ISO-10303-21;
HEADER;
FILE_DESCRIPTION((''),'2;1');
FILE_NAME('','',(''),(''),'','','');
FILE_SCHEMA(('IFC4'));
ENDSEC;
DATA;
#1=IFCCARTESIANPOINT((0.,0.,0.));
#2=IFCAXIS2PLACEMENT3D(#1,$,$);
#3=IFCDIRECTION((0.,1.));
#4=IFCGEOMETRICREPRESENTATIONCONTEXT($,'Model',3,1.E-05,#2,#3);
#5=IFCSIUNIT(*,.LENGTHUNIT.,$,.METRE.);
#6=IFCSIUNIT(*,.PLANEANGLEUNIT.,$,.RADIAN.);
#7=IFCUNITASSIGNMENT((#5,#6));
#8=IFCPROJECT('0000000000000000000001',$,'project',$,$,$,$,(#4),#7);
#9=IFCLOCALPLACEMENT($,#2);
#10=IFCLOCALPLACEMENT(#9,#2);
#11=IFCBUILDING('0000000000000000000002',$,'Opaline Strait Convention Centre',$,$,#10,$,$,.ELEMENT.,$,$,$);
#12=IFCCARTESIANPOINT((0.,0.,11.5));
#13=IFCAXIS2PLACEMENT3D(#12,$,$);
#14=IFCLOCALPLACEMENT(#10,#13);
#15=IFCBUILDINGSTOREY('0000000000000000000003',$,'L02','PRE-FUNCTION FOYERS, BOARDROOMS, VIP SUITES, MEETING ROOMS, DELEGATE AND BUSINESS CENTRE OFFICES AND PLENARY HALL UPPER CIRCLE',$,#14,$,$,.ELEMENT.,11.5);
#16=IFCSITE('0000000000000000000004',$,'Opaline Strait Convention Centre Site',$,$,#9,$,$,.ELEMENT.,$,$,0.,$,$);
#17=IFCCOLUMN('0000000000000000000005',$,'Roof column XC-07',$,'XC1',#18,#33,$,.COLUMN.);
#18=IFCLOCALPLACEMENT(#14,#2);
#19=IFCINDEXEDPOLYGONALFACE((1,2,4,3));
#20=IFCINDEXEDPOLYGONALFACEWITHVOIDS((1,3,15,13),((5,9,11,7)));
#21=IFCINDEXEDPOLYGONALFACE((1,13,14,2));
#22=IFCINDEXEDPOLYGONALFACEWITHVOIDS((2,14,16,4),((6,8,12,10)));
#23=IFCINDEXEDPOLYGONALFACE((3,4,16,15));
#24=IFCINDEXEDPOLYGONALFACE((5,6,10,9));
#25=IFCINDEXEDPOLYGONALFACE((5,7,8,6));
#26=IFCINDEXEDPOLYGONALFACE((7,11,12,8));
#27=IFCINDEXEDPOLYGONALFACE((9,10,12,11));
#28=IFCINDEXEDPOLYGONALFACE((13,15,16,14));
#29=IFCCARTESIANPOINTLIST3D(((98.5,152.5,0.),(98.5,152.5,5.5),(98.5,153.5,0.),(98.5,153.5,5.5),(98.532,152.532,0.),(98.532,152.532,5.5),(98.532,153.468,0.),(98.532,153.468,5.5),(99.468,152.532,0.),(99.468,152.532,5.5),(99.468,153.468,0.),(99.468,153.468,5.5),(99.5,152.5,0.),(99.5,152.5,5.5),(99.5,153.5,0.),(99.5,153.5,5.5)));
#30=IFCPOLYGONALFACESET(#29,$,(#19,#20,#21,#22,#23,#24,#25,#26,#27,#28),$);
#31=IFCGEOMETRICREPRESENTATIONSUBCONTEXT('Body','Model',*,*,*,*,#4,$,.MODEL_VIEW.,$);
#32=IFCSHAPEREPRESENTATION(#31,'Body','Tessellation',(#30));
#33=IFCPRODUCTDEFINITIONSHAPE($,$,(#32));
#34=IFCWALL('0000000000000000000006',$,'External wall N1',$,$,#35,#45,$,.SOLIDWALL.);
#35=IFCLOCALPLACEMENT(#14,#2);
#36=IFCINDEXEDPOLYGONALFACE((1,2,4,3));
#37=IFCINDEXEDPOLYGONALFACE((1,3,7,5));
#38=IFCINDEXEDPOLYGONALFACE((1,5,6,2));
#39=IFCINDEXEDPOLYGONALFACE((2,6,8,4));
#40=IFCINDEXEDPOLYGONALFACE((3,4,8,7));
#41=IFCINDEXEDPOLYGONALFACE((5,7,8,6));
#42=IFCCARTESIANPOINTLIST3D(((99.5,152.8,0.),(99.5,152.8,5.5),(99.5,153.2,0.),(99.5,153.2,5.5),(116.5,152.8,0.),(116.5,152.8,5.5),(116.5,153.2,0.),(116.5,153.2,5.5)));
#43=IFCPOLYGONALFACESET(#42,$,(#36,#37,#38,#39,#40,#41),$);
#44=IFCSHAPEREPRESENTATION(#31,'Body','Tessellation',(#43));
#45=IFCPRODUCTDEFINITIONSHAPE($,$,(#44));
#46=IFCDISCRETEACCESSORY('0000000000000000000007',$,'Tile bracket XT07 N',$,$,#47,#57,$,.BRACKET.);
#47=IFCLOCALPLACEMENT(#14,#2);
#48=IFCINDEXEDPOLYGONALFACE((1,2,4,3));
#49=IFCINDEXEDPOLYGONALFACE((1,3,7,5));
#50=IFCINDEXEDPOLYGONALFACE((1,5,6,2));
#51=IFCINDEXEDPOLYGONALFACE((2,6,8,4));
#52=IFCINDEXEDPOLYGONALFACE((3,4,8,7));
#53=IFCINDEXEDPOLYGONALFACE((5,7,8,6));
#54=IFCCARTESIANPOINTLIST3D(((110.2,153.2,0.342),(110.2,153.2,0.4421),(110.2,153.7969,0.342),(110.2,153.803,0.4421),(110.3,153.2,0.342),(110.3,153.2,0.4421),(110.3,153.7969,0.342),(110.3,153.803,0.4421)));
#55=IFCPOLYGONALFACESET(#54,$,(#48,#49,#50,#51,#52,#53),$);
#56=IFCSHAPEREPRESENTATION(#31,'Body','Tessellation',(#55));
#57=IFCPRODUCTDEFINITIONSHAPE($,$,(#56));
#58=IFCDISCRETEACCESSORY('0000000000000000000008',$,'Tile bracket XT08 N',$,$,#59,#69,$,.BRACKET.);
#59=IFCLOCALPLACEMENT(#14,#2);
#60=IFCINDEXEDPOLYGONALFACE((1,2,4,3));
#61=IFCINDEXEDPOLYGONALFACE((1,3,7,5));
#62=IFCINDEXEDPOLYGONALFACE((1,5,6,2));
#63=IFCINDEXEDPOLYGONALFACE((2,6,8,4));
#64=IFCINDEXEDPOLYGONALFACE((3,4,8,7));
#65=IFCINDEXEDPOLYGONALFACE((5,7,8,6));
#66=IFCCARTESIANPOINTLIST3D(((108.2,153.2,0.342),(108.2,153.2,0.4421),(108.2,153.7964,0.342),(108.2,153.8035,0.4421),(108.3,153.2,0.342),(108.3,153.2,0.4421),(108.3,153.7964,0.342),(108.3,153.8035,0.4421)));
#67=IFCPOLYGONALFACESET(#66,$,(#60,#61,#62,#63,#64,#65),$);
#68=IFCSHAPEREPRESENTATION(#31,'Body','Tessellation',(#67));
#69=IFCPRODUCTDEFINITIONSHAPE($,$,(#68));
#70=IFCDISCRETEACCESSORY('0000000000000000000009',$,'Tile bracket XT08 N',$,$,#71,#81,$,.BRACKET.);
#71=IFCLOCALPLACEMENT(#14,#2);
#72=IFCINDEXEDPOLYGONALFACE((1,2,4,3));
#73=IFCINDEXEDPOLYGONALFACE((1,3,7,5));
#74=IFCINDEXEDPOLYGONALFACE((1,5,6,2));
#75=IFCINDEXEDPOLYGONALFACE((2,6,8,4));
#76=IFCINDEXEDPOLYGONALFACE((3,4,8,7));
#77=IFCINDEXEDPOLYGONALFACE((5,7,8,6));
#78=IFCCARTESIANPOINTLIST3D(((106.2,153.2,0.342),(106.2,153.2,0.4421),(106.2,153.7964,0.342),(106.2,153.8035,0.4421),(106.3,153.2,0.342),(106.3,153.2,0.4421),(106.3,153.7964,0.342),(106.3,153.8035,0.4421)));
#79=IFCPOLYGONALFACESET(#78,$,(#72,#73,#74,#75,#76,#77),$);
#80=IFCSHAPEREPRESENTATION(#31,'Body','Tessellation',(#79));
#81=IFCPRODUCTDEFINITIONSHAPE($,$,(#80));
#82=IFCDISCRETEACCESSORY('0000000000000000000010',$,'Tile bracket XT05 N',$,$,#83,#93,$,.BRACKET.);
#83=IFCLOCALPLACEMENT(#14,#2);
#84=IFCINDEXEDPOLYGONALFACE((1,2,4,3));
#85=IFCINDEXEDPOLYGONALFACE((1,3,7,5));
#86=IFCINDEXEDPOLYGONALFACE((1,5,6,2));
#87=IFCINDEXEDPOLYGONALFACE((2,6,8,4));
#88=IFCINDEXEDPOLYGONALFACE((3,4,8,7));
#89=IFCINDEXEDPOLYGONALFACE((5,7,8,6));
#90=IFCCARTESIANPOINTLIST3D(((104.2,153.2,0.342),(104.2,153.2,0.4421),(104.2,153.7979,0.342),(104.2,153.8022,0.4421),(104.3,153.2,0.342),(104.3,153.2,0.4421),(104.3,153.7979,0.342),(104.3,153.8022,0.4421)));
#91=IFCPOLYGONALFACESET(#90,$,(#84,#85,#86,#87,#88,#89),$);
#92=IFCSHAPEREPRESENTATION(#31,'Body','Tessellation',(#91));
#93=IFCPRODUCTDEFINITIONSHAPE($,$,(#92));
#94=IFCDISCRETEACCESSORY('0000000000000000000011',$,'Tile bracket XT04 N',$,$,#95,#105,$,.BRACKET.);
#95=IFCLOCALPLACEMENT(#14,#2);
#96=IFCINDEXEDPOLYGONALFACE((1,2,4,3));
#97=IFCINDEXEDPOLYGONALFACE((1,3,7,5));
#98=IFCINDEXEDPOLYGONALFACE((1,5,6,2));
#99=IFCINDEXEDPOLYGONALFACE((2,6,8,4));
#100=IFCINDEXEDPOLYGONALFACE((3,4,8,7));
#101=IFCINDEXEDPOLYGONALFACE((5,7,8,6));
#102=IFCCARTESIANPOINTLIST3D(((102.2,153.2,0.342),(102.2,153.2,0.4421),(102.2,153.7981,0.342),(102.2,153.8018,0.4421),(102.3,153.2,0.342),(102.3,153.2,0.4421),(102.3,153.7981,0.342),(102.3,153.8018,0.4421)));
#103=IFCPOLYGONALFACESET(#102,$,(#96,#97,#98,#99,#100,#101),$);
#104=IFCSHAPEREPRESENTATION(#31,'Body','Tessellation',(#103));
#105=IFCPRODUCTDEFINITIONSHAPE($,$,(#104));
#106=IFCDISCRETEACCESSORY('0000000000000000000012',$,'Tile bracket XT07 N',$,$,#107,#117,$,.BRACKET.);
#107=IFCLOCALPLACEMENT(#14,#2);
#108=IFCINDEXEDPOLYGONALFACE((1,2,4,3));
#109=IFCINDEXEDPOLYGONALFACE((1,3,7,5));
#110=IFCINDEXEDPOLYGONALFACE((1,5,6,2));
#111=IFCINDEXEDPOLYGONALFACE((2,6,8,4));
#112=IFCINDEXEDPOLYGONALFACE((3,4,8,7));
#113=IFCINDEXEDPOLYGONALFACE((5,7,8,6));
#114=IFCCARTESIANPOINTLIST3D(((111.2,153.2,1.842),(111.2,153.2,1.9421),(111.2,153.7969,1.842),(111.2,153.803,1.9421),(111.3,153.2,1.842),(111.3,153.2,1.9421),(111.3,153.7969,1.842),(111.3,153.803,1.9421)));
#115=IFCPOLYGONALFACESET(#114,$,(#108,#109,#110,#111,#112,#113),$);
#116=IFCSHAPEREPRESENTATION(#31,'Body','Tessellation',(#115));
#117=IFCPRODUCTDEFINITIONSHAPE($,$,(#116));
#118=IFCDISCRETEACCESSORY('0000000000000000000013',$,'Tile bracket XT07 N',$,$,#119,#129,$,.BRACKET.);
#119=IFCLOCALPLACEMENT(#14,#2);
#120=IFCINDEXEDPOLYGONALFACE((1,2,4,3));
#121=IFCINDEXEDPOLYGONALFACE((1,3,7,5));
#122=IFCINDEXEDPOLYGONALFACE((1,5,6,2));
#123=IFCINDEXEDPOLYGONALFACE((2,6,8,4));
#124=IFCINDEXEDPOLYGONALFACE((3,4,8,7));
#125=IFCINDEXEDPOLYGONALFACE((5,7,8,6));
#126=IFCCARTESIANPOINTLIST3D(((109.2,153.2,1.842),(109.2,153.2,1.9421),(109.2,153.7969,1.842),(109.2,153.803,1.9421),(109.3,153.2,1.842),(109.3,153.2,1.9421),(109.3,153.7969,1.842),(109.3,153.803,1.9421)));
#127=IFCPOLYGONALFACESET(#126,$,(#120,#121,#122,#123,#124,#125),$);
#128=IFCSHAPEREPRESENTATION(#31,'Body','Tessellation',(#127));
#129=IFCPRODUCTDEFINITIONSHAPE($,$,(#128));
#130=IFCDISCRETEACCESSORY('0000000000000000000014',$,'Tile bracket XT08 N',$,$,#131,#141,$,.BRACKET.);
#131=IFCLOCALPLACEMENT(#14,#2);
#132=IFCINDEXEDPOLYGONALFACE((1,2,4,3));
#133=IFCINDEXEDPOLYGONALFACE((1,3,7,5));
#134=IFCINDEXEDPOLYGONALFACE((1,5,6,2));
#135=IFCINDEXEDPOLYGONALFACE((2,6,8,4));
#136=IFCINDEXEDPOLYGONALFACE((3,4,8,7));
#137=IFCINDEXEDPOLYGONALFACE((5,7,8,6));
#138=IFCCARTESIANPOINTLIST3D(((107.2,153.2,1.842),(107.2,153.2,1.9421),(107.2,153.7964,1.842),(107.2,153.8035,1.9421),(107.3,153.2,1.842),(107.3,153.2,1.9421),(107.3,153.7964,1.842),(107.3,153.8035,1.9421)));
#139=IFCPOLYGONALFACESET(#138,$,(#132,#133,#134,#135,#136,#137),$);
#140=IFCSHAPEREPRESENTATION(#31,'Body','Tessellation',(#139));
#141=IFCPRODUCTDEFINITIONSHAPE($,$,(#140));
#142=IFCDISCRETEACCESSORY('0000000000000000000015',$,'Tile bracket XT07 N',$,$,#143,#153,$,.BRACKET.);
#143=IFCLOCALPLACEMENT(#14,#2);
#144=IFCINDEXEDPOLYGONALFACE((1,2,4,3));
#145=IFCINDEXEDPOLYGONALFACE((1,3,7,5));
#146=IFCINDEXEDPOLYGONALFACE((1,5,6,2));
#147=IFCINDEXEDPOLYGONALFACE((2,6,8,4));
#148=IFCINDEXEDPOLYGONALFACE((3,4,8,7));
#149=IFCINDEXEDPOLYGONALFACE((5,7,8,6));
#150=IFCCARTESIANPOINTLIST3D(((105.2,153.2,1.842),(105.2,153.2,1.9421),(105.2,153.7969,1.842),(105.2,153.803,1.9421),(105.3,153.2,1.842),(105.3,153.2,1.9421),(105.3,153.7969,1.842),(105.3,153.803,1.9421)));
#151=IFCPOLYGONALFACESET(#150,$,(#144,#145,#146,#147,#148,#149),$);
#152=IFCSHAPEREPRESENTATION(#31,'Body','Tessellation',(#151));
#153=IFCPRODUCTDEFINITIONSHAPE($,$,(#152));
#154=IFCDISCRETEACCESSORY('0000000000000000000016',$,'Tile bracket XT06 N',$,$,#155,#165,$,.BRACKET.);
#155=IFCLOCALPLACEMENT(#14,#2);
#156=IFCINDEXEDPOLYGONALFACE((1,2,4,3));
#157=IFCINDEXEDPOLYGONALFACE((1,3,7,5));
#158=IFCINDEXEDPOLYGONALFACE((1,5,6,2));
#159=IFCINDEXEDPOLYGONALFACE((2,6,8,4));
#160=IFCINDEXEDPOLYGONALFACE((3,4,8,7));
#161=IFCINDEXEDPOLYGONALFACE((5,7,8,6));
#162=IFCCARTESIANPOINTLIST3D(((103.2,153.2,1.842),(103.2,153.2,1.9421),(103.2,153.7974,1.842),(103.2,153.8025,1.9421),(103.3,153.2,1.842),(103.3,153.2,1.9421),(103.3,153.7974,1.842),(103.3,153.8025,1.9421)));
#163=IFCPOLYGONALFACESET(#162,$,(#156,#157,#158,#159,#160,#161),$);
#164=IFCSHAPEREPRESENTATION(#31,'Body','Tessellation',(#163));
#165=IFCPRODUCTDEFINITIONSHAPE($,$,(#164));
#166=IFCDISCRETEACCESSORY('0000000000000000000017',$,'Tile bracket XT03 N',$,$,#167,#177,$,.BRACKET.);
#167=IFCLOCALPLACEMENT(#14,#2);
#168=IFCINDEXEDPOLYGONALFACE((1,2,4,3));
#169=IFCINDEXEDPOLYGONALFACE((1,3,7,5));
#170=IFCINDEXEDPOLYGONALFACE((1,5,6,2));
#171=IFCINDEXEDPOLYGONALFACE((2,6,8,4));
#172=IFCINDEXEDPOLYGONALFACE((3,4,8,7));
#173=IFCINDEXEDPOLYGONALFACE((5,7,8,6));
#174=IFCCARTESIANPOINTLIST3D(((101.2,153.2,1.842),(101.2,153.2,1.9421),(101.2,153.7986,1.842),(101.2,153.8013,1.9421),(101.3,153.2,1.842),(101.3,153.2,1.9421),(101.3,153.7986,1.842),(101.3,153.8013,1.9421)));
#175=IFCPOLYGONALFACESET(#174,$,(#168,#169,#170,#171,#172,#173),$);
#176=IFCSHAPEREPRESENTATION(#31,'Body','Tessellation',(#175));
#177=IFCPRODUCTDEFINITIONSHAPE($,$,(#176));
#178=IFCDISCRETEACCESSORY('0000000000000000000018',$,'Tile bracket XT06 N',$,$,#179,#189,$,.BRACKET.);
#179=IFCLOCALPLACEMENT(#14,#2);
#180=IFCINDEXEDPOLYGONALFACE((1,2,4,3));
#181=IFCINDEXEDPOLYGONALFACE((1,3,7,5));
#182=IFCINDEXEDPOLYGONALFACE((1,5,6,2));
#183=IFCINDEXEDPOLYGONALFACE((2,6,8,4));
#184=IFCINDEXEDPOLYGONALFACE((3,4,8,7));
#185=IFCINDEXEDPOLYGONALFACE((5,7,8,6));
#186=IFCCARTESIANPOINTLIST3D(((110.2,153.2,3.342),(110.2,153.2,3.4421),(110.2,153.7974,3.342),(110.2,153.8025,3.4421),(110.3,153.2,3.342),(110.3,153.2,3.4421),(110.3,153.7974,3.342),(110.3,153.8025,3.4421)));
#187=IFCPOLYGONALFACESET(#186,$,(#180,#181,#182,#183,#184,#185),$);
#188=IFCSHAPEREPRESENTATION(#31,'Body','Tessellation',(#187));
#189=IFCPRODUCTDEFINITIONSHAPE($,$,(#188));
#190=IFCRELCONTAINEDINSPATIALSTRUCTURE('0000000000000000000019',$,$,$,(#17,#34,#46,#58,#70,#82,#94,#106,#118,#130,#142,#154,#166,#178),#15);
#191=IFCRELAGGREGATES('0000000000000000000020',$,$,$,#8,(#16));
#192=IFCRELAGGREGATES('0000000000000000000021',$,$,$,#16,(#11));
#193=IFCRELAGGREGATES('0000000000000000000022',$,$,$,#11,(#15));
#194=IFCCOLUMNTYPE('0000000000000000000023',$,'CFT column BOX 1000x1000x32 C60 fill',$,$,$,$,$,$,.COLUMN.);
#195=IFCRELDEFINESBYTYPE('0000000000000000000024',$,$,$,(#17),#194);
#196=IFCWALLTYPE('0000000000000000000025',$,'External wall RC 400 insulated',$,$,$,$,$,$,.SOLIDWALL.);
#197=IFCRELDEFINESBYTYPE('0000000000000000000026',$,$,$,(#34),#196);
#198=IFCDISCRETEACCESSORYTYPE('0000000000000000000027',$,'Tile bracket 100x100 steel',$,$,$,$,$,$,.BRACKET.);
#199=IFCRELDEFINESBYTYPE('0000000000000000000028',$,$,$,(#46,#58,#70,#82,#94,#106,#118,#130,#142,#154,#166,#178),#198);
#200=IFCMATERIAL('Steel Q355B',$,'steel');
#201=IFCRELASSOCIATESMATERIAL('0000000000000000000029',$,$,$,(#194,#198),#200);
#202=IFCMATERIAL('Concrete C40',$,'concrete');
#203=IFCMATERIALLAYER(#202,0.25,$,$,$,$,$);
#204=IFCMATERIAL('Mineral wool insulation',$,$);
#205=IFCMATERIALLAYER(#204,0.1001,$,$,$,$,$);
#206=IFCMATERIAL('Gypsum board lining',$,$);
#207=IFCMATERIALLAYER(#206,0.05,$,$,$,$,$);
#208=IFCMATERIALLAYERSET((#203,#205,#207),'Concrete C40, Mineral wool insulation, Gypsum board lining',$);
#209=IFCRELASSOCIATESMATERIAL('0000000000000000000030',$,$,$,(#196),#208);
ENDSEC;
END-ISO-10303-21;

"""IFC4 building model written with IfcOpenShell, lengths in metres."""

from ifc_helpers import new_model, si_unit, direction, frame, frame_2d, origin, origin_2d, place, context, subcontext, project, spatial, polyline, rectangle, hollow_rectangle, outline, extrude, material, layer, layer_set, material_profile, profile_set, type_object, element, save


model = new_model("IFC4")

# Units and contexts
model_context = context("Model", 3, precision=1e-05, world=origin(), true_north=direction((0.0, 1.0)))
body_context = subcontext(model_context, "Body", "Model", "MODEL_VIEW")
ifc_project = project(units=[si_unit("LENGTHUNIT", "METRE"), si_unit("PLANEANGLEUNIT", "RADIAN")], contexts=[model_context])

# Site, building, storey
site_placement = place(None, origin())
site = spatial("IfcSite", under=ifc_project, at=site_placement, Name="Opaline Strait Convention Centre Site", CompositionType="ELEMENT", RefElevation=0.0)
building_placement = place(site_placement, origin())
building = spatial("IfcBuilding", under=site, at=building_placement, Name="Opaline Strait Convention Centre", CompositionType="ELEMENT")
storey_placement = place(building_placement, frame((0.0, 0.0, 11.5)))
storey = spatial("IfcBuildingStorey", under=building, at=storey_placement, Name="L02", Description="PRE-FUNCTION FOYERS, BOARDROOMS, VIP SUITES, MEETING ROOMS, DELEGATE AND BUSINESS CENTRE OFFICES AND PLENARY HALL UPPER CIRCLE", CompositionType="ELEMENT", Elevation=11.5)

# Column
ifc_material_1 = material(Name="Steel Q355B", Category="steel")
ifc_material_profile = material_profile(ifc_material_1, hollow_rectangle(XDim=1.0, YDim=1.0, WallThickness=0.032, at=origin_2d()), Name="BOX 1000x1000x32")
ifc_profile_set = profile_set([ifc_material_profile], Name="Steel Q355B")
column_type = type_object("IfcColumnType", Name="CFT column BOX 1000x1000x32 C60 fill", PredefinedType="COLUMN", material=ifc_profile_set)
column_placement = place(storey_placement, frame((99.0, 153.0, 0.0), z_axis=(0.0, 0.0, 1.0), x_axis=(1.0, 0.0, 0.0)))
element("IfcColumn", 1, at=column_placement, inside=storey, type_object=column_type, Name="Roof column XC-07", ObjectType="XC1", PredefinedType="COLUMN", context=body_context, shape_type="SweptSolid", body=[
    extrude(hollow_rectangle(XDim=1.0, YDim=1.0, WallThickness=0.032, at=origin_2d()), origin(), (0.0, 0.0, 1.0), 5.5),
])

# Wall
ifc_material_2 = material(Name="Concrete C40", Category="concrete")
ifc_layer_1 = layer(ifc_material_2, 0.25)
ifc_material_3 = material(Name="Mineral wool insulation")
ifc_layer_2 = layer(ifc_material_3, 0.1001)
ifc_material_4 = material(Name="Gypsum board lining")
ifc_layer_3 = layer(ifc_material_4, 0.05)
ifc_layer_set = layer_set([ifc_layer_1, ifc_layer_2, ifc_layer_3], Name="Concrete C40, Mineral wool insulation, Gypsum board lining")
wall_type = type_object("IfcWallType", Name="External wall RC 400 insulated", PredefinedType="SOLIDWALL", material=ifc_layer_set)
wall_placement = place(storey_placement, frame((99.5, 153.0, 0.0), z_axis=(0.0, 0.0, 1.0), x_axis=(1.0, 0.0, 0.0)))
element("IfcWall", 2, at=wall_placement, inside=storey, type_object=wall_type, Name="External wall N1", PredefinedType="SOLIDWALL", context=body_context, shape_type="SweptSolid", body=[
    extrude(rectangle(XDim=17.0, YDim=0.3999, at=frame_2d((8.5, 0.0))), origin(), (0.0, 0.0, 1.0), 5.5),
])

# Discrete accessories
discrete_accessory_type = type_object("IfcDiscreteAccessoryType", Name="Tile bracket 100x100 steel", PredefinedType="BRACKET", material=ifc_material_1)
discrete_accessory_1_placement = place(storey_placement, frame((110.3, 153.2, 0.3921), z_axis=(-1.0, 0.0, 0.0), x_axis=(0.0, -1.0, 0.0)))
element("IfcDiscreteAccessory", 3, at=discrete_accessory_1_placement, inside=storey, type_object=discrete_accessory_type, Name="Tile bracket XT07 N", PredefinedType="BRACKET", context=body_context, shape_type="SweptSolid", body=[
    extrude(outline(polyline([(0.0, -0.05), (0.0, 0.05), (-0.603, 0.05), (-0.5969, -0.05), (0.0, -0.05)])), origin(), (0.0, 0.0, 1.0), 0.1001),
])
for number, where, z_axis, x_axis, name in (
    (4, (108.3, 153.2, 0.3921), (-1.0, 0.0, 0.0), (0.0, -1.0, 0.0), "Tile bracket XT08 N"),
    (5, (106.3, 153.2, 0.3921), (-1.0, 0.0, 0.0), (0.0, -1.0, 0.0), "Tile bracket XT08 N"),
):
    element("IfcDiscreteAccessory", number, at=place(storey_placement, frame(where, z_axis=z_axis, x_axis=x_axis)), inside=storey, type_object=discrete_accessory_type, Name=name, PredefinedType="BRACKET", context=body_context, shape_type="SweptSolid", body=[
        extrude(outline(polyline([(0.0, -0.05), (0.0, 0.05), (-0.6035, 0.05), (-0.5964, -0.05), (0.0, -0.05)])), origin(), (0.0, 0.0, 1.0), 0.1001),
    ])
discrete_accessory_2_placement = place(storey_placement, frame((104.3, 153.2, 0.3921), z_axis=(-1.0, 0.0, 0.0), x_axis=(0.0, -1.0, 0.0)))
element("IfcDiscreteAccessory", 6, at=discrete_accessory_2_placement, inside=storey, type_object=discrete_accessory_type, Name="Tile bracket XT05 N", PredefinedType="BRACKET", context=body_context, shape_type="SweptSolid", body=[
    extrude(outline(polyline([(0.0, -0.05), (0.0, 0.05), (-0.6023, 0.05), (-0.5979, -0.05), (0.0, -0.05)])), origin(), (0.0, 0.0, 1.0), 0.1001),
])
discrete_accessory_3_placement = place(storey_placement, frame((102.3, 153.2, 0.3921), z_axis=(-1.0, 0.0, 0.0), x_axis=(0.0, -1.0, 0.0)))
element("IfcDiscreteAccessory", 7, at=discrete_accessory_3_placement, inside=storey, type_object=discrete_accessory_type, Name="Tile bracket XT04 N", PredefinedType="BRACKET", context=body_context, shape_type="SweptSolid", body=[
    extrude(outline(polyline([(0.0, -0.05), (0.0, 0.05), (-0.6018, 0.05), (-0.5981, -0.05), (0.0, -0.05)])), origin(), (0.0, 0.0, 1.0), 0.1001),
])
for number, where, z_axis, x_axis, name in (
    (8, (111.3, 153.2, 1.8921), (-1.0, 0.0, 0.0), (0.0, -1.0, 0.0), "Tile bracket XT07 N"),
    (9, (109.3, 153.2, 1.8921), (-1.0, 0.0, 0.0), (0.0, -1.0, 0.0), "Tile bracket XT07 N"),
):
    element("IfcDiscreteAccessory", number, at=place(storey_placement, frame(where, z_axis=z_axis, x_axis=x_axis)), inside=storey, type_object=discrete_accessory_type, Name=name, PredefinedType="BRACKET", context=body_context, shape_type="SweptSolid", body=[
        extrude(outline(polyline([(0.0, -0.05), (0.0, 0.05), (-0.603, 0.05), (-0.5969, -0.05), (0.0, -0.05)])), origin(), (0.0, 0.0, 1.0), 0.1001),
    ])
discrete_accessory_4_placement = place(storey_placement, frame((107.3, 153.2, 1.8921), z_axis=(-1.0, 0.0, 0.0), x_axis=(0.0, -1.0, 0.0)))
element("IfcDiscreteAccessory", 10, at=discrete_accessory_4_placement, inside=storey, type_object=discrete_accessory_type, Name="Tile bracket XT08 N", PredefinedType="BRACKET", context=body_context, shape_type="SweptSolid", body=[
    extrude(outline(polyline([(0.0, -0.05), (0.0, 0.05), (-0.6035, 0.05), (-0.5964, -0.05), (0.0, -0.05)])), origin(), (0.0, 0.0, 1.0), 0.1001),
])
discrete_accessory_5_placement = place(storey_placement, frame((105.3, 153.2, 1.8921), z_axis=(-1.0, 0.0, 0.0), x_axis=(0.0, -1.0, 0.0)))
element("IfcDiscreteAccessory", 11, at=discrete_accessory_5_placement, inside=storey, type_object=discrete_accessory_type, Name="Tile bracket XT07 N", PredefinedType="BRACKET", context=body_context, shape_type="SweptSolid", body=[
    extrude(outline(polyline([(0.0, -0.05), (0.0, 0.05), (-0.603, 0.05), (-0.5969, -0.05), (0.0, -0.05)])), origin(), (0.0, 0.0, 1.0), 0.1001),
])
discrete_accessory_6_placement = place(storey_placement, frame((103.3, 153.2, 1.8921), z_axis=(-1.0, 0.0, 0.0), x_axis=(0.0, -1.0, 0.0)))
element("IfcDiscreteAccessory", 12, at=discrete_accessory_6_placement, inside=storey, type_object=discrete_accessory_type, Name="Tile bracket XT06 N", PredefinedType="BRACKET", context=body_context, shape_type="SweptSolid", body=[
    extrude(outline(polyline([(0.0, -0.05), (0.0, 0.05), (-0.6025, 0.05), (-0.5974, -0.05), (0.0, -0.05)])), origin(), (0.0, 0.0, 1.0), 0.1001),
])
discrete_accessory_7_placement = place(storey_placement, frame((101.3, 153.2, 1.8921), z_axis=(-1.0, 0.0, 0.0), x_axis=(0.0, -1.0, 0.0)))
element("IfcDiscreteAccessory", 13, at=discrete_accessory_7_placement, inside=storey, type_object=discrete_accessory_type, Name="Tile bracket XT03 N", PredefinedType="BRACKET", context=body_context, shape_type="SweptSolid", body=[
    extrude(outline(polyline([(0.0, -0.05), (0.0, 0.05), (-0.6013, 0.05), (-0.5986, -0.05), (0.0, -0.05)])), origin(), (0.0, 0.0, 1.0), 0.1001),
])
discrete_accessory_8_placement = place(storey_placement, frame((110.3, 153.2, 3.3921), z_axis=(-1.0, 0.0, 0.0), x_axis=(0.0, -1.0, 0.0)))
element("IfcDiscreteAccessory", 14, at=discrete_accessory_8_placement, inside=storey, type_object=discrete_accessory_type, Name="Tile bracket XT06 N", PredefinedType="BRACKET", context=body_context, shape_type="SweptSolid", body=[
    extrude(outline(polyline([(0.0, -0.05), (0.0, 0.05), (-0.6025, 0.05), (-0.5974, -0.05), (0.0, -0.05)])), origin(), (0.0, 0.0, 1.0), 0.1001),
])

save(model, "model.ifc")
